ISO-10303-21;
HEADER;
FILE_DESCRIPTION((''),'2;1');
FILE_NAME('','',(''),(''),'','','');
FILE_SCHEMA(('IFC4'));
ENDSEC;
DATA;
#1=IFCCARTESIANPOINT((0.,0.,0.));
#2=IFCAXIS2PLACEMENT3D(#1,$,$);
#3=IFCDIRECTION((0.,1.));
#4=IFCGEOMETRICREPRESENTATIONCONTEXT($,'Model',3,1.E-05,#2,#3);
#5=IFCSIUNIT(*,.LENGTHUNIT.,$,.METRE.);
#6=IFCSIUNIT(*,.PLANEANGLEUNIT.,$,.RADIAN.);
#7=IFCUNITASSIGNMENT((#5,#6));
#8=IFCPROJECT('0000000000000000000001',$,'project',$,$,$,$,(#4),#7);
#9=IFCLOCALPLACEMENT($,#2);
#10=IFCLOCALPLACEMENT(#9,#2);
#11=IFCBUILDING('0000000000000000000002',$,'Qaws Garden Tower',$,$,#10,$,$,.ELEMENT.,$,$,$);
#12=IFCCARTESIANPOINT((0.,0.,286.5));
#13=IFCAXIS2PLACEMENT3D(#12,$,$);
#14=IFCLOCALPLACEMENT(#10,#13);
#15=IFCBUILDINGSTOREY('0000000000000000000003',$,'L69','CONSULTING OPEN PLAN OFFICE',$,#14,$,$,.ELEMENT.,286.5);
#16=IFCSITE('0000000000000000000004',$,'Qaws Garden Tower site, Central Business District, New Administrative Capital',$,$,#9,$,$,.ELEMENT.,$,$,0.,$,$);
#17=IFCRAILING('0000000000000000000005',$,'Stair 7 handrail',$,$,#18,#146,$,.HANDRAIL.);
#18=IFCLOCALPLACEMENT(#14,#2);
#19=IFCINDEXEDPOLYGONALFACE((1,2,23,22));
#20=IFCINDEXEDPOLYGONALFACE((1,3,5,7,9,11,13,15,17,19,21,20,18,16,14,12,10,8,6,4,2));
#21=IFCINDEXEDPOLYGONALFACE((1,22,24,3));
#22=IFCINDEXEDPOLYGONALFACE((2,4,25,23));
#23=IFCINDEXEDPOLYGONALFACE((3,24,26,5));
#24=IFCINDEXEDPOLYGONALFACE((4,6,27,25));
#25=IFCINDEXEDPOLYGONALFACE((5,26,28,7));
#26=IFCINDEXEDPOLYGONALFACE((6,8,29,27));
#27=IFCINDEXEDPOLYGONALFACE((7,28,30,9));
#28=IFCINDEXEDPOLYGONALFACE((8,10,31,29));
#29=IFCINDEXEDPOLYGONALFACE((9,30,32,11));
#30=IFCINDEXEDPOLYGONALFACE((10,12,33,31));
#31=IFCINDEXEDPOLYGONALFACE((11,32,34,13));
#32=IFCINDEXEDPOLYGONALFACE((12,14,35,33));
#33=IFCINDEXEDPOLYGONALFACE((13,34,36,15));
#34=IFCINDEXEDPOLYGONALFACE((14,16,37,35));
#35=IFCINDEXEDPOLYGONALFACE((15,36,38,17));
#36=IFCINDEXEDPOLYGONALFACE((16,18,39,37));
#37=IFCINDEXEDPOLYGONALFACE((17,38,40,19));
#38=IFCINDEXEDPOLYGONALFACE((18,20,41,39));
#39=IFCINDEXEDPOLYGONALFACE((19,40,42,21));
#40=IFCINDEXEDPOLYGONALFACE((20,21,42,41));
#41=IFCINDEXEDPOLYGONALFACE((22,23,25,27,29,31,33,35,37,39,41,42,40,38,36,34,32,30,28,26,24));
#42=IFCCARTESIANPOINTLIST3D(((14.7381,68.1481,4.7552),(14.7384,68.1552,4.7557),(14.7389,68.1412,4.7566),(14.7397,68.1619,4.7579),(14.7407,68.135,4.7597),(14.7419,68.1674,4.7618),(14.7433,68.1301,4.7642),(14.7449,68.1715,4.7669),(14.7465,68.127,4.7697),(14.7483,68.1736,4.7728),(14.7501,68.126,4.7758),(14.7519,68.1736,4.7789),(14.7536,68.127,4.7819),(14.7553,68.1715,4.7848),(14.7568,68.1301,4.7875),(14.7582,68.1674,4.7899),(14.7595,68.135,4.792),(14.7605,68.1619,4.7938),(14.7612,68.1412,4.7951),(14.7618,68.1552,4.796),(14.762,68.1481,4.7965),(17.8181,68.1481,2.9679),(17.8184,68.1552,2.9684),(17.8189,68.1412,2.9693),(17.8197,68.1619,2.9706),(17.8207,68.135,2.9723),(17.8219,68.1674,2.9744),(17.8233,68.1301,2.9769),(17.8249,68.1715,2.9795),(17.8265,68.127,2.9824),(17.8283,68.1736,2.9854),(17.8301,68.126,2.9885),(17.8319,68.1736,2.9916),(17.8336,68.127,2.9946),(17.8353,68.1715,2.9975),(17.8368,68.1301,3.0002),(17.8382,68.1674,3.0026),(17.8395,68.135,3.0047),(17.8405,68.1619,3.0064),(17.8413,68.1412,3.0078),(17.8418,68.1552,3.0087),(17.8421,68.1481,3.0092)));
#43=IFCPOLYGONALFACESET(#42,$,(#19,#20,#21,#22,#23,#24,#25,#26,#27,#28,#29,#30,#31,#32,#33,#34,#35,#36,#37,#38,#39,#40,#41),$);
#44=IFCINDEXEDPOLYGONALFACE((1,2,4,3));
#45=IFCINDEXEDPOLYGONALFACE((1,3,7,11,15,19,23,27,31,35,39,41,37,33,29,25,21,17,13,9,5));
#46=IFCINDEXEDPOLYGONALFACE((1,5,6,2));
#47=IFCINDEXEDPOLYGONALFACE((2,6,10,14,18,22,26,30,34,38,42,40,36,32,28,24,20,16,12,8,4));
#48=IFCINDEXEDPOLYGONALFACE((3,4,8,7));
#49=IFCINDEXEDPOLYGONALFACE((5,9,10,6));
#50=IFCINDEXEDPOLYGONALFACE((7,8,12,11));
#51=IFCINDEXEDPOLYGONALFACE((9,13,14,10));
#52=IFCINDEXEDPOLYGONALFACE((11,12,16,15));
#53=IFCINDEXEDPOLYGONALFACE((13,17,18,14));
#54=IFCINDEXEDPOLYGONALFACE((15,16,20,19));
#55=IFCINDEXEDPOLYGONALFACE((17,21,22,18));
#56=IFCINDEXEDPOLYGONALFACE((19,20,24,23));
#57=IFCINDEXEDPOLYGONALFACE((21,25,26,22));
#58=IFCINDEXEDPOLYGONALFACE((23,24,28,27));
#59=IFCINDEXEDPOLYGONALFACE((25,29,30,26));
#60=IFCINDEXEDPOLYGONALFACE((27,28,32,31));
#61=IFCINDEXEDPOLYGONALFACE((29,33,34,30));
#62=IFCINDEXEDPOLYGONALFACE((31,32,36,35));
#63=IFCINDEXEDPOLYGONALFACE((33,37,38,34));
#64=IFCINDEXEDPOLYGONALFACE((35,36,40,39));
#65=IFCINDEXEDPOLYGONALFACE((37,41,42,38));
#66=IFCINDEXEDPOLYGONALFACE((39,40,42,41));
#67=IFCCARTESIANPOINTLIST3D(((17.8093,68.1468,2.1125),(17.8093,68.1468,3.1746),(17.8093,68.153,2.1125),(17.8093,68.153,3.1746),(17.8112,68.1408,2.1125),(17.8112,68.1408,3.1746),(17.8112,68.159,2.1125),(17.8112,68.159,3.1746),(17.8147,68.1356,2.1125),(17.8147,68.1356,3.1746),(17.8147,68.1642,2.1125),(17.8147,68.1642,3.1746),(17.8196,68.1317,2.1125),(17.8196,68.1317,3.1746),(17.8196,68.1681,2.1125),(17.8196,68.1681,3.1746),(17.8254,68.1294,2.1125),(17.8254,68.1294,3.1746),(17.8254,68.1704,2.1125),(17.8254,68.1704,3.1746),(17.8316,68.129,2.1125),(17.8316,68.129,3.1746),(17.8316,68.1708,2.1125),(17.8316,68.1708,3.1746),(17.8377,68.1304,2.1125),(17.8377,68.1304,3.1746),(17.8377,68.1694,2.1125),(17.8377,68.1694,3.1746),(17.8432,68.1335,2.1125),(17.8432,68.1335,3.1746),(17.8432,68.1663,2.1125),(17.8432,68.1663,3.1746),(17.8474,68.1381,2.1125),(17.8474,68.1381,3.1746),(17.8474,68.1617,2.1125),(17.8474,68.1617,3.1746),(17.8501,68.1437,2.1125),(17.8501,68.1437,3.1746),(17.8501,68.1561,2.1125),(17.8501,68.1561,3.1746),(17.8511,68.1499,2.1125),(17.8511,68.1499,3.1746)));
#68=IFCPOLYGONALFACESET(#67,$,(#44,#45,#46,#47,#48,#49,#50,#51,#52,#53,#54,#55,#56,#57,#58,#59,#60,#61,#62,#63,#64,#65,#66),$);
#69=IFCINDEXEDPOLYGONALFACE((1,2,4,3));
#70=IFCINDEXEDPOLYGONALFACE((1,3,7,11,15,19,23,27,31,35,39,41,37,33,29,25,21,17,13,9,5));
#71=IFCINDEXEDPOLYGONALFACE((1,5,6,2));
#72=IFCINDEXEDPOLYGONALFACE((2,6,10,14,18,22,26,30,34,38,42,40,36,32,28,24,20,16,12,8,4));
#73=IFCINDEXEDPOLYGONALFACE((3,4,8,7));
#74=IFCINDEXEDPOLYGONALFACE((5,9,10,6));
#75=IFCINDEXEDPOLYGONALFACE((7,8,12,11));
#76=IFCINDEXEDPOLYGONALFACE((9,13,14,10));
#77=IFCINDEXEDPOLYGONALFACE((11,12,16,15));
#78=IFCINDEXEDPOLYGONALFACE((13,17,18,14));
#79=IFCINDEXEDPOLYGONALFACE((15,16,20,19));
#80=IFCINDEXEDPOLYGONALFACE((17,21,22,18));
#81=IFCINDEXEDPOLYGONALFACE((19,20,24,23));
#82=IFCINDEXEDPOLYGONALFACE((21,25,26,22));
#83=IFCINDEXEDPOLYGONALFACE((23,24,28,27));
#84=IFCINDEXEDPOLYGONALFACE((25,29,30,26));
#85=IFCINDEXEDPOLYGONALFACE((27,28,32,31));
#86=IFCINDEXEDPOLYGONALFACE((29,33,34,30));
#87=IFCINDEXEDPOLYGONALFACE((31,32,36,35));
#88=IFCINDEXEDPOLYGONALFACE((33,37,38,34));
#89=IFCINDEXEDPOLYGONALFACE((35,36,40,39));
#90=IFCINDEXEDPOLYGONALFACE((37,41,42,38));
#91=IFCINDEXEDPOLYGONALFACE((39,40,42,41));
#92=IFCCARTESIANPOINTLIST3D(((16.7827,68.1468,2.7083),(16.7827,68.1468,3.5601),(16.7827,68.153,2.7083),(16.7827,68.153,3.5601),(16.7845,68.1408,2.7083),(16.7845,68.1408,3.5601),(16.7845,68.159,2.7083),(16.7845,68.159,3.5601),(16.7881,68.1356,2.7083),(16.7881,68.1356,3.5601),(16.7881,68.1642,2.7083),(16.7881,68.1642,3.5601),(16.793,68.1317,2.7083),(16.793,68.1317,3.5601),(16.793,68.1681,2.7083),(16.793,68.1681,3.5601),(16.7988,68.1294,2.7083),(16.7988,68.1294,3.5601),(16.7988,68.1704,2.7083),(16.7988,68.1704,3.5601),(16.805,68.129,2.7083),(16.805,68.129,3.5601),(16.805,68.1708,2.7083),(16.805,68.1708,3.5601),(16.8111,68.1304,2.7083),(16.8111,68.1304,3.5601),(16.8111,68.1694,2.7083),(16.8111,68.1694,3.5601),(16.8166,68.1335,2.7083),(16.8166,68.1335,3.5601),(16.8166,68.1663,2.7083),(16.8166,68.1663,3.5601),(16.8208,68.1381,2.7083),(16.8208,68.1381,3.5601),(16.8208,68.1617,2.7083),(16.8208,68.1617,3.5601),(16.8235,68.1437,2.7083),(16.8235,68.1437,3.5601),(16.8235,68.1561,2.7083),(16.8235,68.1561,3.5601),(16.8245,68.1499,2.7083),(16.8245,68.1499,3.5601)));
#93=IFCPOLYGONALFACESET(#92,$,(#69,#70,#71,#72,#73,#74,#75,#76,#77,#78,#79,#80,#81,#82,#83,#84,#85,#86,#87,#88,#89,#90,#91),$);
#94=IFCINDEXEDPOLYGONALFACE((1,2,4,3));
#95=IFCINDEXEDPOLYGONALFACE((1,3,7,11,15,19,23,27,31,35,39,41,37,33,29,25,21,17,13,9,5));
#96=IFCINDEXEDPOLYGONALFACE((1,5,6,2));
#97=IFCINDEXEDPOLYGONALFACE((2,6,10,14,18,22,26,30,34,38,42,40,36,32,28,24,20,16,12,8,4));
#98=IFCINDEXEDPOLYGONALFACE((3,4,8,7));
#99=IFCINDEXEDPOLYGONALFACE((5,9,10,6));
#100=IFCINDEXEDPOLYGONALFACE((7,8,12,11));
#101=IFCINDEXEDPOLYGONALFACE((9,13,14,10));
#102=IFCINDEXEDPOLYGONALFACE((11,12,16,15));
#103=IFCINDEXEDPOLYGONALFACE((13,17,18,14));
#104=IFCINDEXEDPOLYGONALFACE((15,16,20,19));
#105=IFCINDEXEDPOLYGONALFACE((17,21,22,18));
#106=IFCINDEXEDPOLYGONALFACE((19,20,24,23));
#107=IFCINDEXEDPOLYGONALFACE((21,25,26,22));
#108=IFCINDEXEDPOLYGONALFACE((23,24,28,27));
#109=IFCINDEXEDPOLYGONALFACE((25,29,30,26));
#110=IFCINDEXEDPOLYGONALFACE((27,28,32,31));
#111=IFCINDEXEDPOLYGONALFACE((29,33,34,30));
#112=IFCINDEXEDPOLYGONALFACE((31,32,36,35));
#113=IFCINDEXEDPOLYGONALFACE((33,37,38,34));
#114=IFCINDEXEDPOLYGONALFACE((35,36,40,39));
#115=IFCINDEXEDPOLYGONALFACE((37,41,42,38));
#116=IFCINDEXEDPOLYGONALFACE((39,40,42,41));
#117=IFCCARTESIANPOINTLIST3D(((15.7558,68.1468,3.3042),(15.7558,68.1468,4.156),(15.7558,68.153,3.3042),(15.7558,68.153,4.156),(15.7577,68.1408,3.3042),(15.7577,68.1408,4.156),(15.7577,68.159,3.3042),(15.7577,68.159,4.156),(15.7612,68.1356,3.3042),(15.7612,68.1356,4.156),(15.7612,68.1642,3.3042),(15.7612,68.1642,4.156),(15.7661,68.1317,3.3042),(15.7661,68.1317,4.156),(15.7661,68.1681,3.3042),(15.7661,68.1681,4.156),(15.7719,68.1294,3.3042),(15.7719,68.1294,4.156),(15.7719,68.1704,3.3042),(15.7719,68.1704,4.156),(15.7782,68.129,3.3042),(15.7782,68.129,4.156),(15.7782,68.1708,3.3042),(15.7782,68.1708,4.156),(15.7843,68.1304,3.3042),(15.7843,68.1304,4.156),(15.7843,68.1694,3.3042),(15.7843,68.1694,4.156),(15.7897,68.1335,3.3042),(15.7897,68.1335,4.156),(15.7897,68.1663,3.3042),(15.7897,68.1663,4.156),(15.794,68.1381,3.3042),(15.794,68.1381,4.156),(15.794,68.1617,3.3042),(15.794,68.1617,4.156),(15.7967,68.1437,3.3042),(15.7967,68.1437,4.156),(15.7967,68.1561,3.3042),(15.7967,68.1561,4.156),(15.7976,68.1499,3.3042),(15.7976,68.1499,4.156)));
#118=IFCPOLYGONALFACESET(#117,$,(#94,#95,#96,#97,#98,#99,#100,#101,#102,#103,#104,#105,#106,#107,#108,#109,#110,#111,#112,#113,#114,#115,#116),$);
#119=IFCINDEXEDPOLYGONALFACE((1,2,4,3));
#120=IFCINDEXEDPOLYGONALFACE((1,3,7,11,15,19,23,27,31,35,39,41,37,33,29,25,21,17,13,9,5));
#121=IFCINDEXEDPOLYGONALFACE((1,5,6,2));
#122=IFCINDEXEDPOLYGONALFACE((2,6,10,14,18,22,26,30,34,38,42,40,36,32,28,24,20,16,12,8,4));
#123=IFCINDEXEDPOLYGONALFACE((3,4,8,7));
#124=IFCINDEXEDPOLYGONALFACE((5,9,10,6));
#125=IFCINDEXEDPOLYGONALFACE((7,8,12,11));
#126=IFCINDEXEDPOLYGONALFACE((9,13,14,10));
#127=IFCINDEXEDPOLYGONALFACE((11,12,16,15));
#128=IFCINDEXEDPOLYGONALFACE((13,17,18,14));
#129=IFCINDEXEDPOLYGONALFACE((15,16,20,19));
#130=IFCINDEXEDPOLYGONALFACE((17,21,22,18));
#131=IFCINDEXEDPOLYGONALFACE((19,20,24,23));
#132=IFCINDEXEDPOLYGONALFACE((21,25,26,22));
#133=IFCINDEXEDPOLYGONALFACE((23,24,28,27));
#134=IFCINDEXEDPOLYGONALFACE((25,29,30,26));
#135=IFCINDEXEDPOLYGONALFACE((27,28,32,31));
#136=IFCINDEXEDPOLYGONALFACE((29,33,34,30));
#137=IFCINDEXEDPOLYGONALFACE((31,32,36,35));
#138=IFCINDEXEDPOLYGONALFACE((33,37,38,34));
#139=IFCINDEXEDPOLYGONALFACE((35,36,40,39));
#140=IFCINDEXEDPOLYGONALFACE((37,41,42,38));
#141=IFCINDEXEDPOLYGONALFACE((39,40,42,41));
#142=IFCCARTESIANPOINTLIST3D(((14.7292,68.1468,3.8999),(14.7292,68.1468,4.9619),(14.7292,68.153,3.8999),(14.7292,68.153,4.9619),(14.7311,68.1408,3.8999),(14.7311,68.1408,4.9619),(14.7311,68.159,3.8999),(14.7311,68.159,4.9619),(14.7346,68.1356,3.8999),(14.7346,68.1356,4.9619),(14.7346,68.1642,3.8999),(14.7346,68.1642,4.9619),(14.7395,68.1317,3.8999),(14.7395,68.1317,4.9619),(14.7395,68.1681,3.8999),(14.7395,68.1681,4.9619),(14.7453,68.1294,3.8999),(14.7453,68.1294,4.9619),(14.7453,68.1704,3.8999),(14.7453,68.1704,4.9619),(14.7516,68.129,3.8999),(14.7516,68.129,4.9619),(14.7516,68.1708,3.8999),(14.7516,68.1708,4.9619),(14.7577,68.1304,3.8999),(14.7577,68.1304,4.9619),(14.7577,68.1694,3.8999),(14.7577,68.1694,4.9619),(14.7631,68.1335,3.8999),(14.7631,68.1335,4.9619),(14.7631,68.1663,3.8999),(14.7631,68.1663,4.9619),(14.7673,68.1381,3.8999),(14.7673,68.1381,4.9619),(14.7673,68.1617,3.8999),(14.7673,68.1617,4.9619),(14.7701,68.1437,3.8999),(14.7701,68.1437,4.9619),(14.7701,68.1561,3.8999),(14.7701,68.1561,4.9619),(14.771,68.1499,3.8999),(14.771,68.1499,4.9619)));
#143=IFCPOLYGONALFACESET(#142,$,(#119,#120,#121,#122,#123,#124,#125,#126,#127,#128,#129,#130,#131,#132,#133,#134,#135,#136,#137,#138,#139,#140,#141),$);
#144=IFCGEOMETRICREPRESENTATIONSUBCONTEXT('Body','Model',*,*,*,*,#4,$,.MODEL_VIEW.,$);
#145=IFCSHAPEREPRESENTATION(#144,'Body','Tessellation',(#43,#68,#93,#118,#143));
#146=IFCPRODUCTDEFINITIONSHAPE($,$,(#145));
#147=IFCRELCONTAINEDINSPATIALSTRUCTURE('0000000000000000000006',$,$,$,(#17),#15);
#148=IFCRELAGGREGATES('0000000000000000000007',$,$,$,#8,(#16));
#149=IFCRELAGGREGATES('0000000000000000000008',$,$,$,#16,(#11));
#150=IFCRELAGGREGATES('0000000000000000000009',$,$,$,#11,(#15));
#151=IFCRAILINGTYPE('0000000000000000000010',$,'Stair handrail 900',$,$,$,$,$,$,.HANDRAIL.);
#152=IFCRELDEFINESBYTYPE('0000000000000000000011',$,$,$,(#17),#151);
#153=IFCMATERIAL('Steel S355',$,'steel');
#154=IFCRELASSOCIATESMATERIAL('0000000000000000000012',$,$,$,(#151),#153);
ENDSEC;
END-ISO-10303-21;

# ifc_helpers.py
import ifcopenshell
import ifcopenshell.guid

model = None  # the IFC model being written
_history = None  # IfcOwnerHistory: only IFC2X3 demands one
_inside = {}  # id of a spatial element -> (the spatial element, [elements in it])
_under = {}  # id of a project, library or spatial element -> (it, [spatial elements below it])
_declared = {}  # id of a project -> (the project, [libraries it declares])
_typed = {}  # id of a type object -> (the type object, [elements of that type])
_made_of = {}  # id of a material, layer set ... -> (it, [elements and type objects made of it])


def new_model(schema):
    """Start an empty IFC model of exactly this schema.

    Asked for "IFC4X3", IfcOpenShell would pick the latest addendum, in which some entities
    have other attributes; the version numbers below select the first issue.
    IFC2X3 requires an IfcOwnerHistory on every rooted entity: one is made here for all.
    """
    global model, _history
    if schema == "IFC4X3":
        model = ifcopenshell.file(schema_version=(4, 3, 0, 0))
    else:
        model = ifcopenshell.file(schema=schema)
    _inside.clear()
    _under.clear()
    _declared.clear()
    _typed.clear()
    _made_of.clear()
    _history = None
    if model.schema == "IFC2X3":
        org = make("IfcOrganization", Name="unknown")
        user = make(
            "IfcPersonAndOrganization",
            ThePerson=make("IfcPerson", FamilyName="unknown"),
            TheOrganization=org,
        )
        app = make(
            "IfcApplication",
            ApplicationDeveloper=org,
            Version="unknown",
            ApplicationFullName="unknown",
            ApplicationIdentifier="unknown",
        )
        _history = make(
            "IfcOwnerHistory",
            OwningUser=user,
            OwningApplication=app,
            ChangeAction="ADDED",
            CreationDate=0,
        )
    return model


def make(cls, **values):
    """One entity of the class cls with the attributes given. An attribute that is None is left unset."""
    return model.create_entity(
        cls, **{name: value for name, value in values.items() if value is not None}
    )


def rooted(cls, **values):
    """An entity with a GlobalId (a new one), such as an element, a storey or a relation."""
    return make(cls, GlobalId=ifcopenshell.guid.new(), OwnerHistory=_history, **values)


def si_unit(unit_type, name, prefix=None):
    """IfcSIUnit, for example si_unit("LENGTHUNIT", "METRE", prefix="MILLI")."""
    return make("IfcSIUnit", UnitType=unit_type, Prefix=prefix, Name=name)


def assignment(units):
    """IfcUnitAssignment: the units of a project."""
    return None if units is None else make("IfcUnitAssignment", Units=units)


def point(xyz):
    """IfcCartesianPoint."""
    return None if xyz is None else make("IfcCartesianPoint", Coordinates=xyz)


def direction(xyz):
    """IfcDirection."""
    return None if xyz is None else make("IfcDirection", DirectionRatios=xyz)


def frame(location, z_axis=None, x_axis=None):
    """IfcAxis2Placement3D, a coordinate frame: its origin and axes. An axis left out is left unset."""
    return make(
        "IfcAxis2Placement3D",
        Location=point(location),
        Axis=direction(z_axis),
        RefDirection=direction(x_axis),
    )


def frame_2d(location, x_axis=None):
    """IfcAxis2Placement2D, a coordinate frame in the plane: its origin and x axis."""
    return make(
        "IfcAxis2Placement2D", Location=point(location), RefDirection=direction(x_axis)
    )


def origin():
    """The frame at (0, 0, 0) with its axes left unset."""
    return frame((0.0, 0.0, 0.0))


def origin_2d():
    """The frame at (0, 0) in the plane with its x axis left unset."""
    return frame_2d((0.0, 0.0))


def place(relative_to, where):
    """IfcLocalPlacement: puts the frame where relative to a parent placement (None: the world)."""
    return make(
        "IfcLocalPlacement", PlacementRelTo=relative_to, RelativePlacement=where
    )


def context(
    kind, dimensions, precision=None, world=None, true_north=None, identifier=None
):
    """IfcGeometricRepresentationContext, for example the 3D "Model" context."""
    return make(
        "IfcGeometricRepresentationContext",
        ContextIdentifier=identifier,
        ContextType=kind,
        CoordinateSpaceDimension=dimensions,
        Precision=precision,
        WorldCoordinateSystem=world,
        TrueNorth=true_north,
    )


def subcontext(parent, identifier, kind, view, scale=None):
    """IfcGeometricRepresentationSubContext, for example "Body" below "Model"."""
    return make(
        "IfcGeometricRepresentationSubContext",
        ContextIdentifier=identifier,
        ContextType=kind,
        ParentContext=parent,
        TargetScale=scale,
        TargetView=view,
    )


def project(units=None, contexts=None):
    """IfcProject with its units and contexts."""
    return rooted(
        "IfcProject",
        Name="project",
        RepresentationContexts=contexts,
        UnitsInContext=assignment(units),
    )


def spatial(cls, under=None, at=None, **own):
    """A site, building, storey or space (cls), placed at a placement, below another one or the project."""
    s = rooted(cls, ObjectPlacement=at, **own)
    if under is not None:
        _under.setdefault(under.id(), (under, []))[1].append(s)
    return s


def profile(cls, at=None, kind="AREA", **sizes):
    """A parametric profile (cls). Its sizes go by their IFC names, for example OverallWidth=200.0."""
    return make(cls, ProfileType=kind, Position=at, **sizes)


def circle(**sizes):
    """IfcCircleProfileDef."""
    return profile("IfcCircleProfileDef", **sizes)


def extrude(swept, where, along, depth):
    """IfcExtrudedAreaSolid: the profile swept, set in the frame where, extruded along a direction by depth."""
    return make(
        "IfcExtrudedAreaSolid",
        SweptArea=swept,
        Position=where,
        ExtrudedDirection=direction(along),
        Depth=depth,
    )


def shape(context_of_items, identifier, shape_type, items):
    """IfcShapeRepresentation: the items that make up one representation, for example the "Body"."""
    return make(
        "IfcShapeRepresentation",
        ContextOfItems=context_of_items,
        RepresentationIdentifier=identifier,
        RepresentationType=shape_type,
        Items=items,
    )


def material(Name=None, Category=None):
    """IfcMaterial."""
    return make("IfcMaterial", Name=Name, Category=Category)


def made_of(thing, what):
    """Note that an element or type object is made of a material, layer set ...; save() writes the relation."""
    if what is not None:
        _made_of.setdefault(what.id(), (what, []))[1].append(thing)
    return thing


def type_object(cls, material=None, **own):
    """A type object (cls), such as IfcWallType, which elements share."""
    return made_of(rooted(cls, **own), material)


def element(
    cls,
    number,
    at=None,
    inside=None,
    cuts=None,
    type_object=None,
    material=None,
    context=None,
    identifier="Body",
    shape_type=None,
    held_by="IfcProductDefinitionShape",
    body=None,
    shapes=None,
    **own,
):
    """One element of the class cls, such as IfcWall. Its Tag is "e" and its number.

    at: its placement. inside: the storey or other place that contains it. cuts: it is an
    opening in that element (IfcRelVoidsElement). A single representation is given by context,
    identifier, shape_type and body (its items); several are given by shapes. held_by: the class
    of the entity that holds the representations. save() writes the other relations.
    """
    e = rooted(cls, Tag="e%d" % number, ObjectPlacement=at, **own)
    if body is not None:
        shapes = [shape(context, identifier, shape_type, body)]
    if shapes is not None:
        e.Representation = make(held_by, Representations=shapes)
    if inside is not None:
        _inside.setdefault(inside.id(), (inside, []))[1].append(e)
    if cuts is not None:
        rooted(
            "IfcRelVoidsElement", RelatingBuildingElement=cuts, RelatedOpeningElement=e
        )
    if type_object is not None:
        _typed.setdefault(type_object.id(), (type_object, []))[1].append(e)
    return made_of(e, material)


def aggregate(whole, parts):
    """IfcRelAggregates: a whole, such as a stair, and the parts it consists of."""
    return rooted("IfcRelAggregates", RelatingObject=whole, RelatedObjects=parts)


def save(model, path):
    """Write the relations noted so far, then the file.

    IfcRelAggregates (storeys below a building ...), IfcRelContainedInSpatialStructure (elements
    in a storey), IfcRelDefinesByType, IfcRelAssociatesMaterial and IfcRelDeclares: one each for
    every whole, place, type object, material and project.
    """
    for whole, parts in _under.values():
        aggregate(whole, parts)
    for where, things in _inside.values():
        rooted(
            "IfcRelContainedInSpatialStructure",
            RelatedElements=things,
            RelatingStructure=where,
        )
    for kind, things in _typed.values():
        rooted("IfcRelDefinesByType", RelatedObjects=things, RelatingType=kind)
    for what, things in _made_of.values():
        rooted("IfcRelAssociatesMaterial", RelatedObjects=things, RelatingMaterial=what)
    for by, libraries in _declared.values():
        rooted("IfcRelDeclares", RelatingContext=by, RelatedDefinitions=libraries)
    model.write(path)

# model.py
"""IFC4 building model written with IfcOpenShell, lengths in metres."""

from ifc_helpers import new_model, si_unit, direction, frame, origin, origin_2d, place, context, subcontext, project, spatial, circle, extrude, material, type_object, element, save


model = new_model("IFC4")

# Units and contexts
model_context = context("Model", 3, precision=1e-05, world=origin(), true_north=direction((0.0, 1.0)))
body_context = subcontext(model_context, "Body", "Model", "MODEL_VIEW")
ifc_project = project(units=[si_unit("LENGTHUNIT", "METRE"), si_unit("PLANEANGLEUNIT", "RADIAN")], contexts=[model_context])

# Site, building, storey
site_placement = place(None, origin())
site = spatial("IfcSite", under=ifc_project, at=site_placement, Name="Qaws Garden Tower site, Central Business District, New Administrative Capital", CompositionType="ELEMENT", RefElevation=0.0)
building_placement = place(site_placement, origin())
building = spatial("IfcBuilding", under=site, at=building_placement, Name="Qaws Garden Tower", CompositionType="ELEMENT")
storey_placement = place(building_placement, frame((0.0, 0.0, 286.5)))
storey = spatial("IfcBuildingStorey", under=building, at=storey_placement, Name="L69", Description="CONSULTING OPEN PLAN OFFICE", CompositionType="ELEMENT", Elevation=286.5)

# Railing
ifc_material_1 = material(Name="Steel S355", Category="steel")
railing_type = type_object("IfcRailingType", Name="Stair handrail 900", PredefinedType="HANDRAIL", material=ifc_material_1)
railing_1_placement = place(storey_placement, frame((17.8301, 68.1499, 2.1125)))
element("IfcRailing", 1, at=railing_1_placement, inside=storey, type_object=railing_type, Name="Stair 7 handrail", PredefinedType="HANDRAIL", context=body_context, shape_type="SweptSolid", body=[
    extrude(circle(Radius=0.0239, at=origin_2d()), frame((0.0, 0.0, 0.876), z_axis=(-0.86492, 0.0, 0.501909), x_axis=(0.0, -1.0, 0.0)), (0.0, 0.0, 1.0), 3.561),
    extrude(circle(Radius=0.021, at=origin_2d()), origin(), (0.0, 0.0, 1.0), 1.062),
    extrude(circle(Radius=0.021, at=origin_2d()), frame((-1.0266, 0.0, 0.5957)), (0.0, 0.0, 1.0), 0.8518),
    extrude(circle(Radius=0.021, at=origin_2d()), frame((-2.0535, 0.0, 1.1917)), (0.0, 0.0, 1.0), 0.8518),
    extrude(circle(Radius=0.021, at=origin_2d()), frame((-3.0801, 0.0, 1.7874)), (0.0, 0.0, 1.0), 1.062),
])

save(model, "model.ifc")
